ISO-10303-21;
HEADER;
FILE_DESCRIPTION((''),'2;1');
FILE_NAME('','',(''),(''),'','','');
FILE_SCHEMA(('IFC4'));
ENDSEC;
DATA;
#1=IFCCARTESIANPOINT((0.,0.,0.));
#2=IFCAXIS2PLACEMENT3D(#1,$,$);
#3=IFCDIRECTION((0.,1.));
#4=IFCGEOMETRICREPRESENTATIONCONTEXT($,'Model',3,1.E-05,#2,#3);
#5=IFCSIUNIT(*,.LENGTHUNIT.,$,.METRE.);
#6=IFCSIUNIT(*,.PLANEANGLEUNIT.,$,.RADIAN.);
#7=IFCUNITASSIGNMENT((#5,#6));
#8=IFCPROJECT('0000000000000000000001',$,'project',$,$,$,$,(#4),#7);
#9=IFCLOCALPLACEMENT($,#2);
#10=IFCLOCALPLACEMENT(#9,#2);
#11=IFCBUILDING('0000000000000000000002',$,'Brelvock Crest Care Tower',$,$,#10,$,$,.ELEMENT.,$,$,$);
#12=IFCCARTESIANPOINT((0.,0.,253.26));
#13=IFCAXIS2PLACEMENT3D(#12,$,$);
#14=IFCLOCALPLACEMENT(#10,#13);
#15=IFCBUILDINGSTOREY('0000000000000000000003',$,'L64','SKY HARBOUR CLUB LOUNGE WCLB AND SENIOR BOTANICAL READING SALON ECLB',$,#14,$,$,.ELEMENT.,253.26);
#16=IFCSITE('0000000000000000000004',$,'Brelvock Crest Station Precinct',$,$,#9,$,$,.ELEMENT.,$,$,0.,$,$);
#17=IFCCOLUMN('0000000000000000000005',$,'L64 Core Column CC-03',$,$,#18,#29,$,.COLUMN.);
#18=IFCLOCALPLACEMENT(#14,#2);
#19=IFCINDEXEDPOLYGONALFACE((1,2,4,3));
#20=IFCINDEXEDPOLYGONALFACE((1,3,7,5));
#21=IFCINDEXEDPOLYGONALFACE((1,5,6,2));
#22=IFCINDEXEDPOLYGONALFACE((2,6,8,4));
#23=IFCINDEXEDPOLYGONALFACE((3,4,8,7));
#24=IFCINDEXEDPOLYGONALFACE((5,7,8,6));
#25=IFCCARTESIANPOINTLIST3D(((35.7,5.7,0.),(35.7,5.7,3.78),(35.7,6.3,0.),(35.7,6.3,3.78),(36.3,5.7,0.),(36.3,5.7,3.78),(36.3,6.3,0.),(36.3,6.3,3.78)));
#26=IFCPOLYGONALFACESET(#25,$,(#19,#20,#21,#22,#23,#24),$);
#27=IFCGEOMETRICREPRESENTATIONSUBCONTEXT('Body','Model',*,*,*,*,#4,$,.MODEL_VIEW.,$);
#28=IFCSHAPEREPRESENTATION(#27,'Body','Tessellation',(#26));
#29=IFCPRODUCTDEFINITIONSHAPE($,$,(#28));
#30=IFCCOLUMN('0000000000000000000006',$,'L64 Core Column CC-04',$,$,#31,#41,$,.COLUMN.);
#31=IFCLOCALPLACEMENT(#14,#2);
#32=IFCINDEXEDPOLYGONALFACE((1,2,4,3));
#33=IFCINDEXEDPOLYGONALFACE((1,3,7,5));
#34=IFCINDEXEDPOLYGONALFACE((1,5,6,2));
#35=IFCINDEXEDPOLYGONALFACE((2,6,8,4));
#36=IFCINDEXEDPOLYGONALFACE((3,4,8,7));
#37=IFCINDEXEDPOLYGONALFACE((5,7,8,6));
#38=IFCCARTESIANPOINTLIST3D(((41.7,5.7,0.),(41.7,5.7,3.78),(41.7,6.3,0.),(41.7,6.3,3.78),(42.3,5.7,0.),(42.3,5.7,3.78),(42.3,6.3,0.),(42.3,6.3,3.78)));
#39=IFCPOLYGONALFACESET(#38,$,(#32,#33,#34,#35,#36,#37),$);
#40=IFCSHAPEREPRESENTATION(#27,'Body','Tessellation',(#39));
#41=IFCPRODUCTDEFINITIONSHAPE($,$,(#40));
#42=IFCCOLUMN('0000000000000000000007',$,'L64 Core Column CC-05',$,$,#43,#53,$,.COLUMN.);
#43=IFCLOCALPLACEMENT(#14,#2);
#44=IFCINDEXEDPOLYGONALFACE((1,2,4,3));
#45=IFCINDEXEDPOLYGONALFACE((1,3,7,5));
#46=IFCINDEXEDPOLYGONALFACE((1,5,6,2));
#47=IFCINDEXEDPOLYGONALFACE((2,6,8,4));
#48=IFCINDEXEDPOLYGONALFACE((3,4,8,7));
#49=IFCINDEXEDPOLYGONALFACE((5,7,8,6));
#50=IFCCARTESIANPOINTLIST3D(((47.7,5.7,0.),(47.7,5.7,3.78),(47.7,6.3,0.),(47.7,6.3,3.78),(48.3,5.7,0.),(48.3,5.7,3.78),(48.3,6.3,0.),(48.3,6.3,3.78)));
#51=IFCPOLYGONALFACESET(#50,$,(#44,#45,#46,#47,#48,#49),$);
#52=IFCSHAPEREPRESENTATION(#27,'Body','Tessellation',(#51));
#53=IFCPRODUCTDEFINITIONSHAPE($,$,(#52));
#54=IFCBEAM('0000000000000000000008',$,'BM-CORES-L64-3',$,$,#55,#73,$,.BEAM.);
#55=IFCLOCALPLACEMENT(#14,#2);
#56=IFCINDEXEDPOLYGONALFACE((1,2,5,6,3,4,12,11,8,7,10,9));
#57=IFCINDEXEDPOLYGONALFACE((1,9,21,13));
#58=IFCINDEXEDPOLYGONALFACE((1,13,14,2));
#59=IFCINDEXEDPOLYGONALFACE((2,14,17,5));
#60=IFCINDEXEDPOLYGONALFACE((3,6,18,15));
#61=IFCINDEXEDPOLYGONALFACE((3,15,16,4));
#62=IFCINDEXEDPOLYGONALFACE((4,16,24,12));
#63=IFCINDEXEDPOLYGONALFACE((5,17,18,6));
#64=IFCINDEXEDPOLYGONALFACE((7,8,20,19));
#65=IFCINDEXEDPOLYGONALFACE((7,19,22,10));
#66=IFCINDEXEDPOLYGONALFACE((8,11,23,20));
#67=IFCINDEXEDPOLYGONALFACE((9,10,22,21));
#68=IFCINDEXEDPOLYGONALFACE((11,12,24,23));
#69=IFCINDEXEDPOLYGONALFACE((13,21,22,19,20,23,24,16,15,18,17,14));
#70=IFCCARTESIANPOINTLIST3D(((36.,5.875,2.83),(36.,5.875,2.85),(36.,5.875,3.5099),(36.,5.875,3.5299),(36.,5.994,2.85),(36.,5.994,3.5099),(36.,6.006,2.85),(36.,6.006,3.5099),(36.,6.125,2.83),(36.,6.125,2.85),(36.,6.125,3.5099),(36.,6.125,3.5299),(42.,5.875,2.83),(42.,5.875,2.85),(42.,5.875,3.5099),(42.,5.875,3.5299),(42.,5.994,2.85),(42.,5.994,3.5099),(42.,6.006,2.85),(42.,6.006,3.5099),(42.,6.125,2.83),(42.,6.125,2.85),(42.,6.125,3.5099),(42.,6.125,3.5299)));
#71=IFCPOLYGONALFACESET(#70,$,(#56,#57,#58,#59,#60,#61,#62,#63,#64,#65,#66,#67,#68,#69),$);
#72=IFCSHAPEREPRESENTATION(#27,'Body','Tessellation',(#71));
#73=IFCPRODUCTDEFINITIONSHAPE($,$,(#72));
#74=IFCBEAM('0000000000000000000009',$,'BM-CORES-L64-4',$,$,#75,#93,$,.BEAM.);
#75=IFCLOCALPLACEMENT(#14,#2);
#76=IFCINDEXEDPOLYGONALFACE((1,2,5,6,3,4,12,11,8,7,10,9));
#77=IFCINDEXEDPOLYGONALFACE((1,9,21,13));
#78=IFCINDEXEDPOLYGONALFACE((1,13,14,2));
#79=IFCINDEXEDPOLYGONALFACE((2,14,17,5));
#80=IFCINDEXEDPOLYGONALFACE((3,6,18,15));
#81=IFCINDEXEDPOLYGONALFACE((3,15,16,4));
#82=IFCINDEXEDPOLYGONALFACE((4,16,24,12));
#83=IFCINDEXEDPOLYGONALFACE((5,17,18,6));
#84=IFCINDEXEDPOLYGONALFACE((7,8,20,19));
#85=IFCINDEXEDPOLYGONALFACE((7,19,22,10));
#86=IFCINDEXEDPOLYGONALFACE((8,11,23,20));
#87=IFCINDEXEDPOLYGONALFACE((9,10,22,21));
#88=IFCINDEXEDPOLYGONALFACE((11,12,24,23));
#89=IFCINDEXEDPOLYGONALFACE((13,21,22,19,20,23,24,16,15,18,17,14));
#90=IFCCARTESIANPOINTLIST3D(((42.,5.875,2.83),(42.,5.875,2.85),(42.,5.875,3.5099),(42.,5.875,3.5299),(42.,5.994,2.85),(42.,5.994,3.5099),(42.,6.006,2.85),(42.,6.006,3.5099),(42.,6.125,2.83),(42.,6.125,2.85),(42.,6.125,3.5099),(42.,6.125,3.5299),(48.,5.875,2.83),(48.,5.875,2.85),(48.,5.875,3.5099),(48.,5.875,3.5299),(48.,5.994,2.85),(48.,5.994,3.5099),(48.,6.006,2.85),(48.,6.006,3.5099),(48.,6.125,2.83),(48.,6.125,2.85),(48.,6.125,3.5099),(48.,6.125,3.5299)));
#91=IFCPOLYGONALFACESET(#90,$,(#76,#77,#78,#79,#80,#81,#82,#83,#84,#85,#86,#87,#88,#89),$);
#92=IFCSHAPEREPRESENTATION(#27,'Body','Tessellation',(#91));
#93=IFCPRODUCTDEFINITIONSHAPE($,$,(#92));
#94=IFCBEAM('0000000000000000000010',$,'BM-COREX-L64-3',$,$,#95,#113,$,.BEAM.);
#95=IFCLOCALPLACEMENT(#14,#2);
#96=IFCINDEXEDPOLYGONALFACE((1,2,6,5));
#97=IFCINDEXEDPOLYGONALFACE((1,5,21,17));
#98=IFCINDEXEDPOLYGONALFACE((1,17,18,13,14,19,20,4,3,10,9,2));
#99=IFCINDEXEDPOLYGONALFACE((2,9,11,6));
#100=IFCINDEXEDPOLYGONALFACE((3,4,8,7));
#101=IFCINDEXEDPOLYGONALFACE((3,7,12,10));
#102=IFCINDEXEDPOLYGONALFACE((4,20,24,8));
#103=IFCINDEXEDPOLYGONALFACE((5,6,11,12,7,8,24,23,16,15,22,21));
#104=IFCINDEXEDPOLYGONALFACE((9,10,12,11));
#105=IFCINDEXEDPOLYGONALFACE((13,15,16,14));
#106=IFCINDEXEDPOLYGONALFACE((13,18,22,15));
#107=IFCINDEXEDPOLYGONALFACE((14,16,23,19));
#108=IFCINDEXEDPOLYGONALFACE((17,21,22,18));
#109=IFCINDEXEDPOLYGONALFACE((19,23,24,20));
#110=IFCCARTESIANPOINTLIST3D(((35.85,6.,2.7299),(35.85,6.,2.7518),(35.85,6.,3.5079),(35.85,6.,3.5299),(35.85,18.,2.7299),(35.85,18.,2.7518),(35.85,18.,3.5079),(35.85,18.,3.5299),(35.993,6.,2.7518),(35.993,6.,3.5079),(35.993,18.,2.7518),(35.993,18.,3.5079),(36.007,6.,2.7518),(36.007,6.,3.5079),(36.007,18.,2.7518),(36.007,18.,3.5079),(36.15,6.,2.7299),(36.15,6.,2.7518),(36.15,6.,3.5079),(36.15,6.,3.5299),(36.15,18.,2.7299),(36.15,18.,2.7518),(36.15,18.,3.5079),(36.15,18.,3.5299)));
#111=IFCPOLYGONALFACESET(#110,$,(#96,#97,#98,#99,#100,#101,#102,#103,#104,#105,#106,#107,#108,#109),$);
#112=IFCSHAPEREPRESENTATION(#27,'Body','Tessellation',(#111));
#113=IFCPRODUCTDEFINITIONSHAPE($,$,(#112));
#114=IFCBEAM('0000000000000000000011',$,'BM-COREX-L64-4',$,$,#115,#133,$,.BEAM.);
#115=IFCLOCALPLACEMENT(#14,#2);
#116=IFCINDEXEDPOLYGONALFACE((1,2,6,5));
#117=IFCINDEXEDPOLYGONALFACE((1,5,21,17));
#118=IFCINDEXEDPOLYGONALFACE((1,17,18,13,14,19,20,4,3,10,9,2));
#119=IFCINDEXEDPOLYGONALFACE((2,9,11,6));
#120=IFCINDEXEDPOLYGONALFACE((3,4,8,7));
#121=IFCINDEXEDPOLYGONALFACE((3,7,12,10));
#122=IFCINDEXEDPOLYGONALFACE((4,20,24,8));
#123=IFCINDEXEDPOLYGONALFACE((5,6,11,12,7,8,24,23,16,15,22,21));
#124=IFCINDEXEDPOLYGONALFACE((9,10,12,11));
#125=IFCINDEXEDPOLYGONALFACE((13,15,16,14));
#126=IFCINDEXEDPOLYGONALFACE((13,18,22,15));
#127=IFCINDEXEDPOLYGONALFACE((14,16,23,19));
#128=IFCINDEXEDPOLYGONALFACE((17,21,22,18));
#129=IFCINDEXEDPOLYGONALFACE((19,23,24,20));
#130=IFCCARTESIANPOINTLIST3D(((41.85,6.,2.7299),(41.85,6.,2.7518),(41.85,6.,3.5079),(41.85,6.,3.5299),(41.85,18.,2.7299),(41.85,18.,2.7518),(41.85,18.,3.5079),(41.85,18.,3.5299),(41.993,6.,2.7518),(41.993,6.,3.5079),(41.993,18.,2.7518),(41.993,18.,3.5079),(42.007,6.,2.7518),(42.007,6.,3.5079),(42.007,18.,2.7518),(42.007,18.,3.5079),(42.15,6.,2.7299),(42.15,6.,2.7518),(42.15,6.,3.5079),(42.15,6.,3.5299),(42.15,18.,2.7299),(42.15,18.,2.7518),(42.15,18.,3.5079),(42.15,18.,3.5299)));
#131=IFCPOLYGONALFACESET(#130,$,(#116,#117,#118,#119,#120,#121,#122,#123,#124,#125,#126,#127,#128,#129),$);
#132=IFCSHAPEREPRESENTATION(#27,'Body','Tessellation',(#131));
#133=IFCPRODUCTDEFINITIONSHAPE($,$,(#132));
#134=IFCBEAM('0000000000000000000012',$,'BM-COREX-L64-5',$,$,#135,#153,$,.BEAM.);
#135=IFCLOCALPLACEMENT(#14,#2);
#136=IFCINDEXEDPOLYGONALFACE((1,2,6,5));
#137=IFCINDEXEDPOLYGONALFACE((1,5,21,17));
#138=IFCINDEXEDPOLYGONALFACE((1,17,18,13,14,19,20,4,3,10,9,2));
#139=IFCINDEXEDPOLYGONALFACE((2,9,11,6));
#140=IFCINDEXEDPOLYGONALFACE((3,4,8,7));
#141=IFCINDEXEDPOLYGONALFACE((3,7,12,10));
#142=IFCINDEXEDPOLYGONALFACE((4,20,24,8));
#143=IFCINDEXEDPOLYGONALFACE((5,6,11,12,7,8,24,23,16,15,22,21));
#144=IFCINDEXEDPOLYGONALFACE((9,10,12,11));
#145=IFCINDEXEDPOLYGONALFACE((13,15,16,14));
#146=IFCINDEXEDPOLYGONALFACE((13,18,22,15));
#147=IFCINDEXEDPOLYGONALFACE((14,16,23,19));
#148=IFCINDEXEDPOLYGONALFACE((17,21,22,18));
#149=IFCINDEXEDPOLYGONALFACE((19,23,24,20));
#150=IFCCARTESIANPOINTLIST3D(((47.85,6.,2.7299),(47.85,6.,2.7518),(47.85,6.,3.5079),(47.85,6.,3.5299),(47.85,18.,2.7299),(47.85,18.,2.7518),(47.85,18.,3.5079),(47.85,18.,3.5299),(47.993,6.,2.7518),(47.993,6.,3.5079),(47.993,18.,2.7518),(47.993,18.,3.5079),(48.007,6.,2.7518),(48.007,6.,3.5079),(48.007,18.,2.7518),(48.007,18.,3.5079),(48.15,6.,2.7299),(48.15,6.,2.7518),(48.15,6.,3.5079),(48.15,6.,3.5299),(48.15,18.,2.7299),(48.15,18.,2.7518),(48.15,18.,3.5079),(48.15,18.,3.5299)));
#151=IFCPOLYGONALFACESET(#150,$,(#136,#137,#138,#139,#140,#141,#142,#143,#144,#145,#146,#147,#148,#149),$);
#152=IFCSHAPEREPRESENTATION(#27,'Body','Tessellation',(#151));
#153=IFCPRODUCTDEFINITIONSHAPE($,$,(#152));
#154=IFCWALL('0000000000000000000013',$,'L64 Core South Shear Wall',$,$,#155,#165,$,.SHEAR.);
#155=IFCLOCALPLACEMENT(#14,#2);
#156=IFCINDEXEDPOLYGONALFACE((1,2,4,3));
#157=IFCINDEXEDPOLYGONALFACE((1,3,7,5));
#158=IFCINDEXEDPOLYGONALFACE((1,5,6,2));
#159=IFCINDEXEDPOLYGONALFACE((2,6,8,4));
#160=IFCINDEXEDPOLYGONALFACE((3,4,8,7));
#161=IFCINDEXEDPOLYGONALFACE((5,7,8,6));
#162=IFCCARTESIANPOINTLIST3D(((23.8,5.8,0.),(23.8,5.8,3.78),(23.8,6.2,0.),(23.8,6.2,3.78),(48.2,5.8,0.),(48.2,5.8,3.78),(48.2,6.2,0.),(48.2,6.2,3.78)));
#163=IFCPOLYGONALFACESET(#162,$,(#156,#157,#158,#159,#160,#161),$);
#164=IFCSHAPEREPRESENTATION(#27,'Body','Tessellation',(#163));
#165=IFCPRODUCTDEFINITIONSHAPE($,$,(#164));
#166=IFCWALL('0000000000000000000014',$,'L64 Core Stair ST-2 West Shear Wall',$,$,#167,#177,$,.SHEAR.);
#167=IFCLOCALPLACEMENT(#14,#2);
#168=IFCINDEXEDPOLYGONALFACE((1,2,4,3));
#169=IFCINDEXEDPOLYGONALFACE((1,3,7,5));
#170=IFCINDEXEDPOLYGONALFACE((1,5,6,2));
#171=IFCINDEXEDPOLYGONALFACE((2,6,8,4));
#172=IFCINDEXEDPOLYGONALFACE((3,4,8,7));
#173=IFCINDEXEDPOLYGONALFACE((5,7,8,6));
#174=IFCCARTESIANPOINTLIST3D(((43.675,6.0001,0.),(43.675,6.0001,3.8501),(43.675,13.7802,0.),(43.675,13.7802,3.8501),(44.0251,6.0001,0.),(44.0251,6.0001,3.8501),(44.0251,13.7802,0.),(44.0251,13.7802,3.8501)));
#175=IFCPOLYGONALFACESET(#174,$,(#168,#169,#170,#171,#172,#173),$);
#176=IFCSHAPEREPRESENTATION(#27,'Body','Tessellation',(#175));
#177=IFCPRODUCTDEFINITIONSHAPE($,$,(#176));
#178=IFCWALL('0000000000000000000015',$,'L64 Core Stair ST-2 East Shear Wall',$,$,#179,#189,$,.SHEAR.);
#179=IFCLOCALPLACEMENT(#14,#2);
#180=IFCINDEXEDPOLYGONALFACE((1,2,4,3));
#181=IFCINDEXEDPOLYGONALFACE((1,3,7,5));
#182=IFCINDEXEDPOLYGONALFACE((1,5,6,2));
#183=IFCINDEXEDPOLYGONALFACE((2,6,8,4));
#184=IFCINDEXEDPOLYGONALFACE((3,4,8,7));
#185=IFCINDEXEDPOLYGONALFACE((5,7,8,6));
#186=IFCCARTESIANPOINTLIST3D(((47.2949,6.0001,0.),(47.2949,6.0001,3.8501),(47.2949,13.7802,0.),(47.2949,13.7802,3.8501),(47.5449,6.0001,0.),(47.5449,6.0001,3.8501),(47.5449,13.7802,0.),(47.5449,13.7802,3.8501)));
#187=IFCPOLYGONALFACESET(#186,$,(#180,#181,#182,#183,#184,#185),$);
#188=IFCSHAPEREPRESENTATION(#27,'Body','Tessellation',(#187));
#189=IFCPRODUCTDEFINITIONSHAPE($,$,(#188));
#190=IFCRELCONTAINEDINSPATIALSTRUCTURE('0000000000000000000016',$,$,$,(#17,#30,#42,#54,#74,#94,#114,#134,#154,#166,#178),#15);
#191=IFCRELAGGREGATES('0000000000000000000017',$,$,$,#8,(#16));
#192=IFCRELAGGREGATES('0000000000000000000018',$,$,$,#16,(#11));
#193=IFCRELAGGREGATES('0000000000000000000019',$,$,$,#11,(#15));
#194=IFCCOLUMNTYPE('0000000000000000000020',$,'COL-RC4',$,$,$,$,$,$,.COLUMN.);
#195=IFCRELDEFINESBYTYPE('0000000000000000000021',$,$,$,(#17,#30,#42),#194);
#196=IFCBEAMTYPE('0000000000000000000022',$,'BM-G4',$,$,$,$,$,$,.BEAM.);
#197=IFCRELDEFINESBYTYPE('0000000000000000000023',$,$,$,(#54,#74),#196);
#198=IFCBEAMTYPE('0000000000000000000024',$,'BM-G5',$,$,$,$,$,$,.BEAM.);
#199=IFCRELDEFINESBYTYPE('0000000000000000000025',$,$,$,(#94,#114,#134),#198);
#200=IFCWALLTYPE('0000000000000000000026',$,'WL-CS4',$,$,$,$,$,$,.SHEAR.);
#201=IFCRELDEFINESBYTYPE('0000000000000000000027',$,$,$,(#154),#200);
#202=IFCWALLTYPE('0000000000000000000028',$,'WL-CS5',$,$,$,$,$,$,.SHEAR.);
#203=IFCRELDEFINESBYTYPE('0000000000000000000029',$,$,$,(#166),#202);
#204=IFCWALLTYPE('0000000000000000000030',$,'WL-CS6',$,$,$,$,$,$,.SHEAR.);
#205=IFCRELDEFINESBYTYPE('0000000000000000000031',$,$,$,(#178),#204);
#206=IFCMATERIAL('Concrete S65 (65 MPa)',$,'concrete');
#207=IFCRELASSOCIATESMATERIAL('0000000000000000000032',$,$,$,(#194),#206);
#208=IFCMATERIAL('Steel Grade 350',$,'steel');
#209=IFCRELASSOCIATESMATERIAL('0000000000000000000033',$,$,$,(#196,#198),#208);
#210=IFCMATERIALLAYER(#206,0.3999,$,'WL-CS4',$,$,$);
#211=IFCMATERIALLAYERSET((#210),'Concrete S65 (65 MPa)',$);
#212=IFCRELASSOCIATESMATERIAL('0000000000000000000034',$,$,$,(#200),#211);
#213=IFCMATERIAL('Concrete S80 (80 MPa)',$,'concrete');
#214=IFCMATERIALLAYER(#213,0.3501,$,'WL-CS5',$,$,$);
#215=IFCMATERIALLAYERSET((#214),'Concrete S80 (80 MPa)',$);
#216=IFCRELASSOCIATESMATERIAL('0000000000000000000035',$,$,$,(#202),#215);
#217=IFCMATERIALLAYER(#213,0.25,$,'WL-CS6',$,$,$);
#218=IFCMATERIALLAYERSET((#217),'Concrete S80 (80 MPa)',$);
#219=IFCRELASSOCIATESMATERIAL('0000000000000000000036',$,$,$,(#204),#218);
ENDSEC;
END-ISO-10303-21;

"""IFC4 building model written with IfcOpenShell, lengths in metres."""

from ifc_helpers import new_model, si_unit, direction, frame, frame_2d, origin, origin_2d, place, context, subcontext, project, spatial, rectangle, i_section, extrude, source, transform, mapped, material, layer, layer_set, material_profile, profile_set, type_object, element, save


model = new_model("IFC4")

# Units and contexts
model_context = context("Model", 3, precision=1e-05, world=origin(), true_north=direction((0.0, 1.0)))
body_context = subcontext(model_context, "Body", "Model", "MODEL_VIEW")
ifc_project = project(units=[si_unit("LENGTHUNIT", "METRE"), si_unit("PLANEANGLEUNIT", "RADIAN")], contexts=[model_context])

# Site, building, storey
site_placement = place(None, origin())
site = spatial("IfcSite", under=ifc_project, at=site_placement, Name="Brelvock Crest Station Precinct", CompositionType="ELEMENT", RefElevation=0.0)
building_placement = place(site_placement, origin())
building = spatial("IfcBuilding", under=site, at=building_placement, Name="Brelvock Crest Care Tower", CompositionType="ELEMENT")
storey_placement = place(building_placement, frame((0.0, 0.0, 253.26)))
storey = spatial("IfcBuildingStorey", under=building, at=storey_placement, Name="L64", Description="SKY HARBOUR CLUB LOUNGE WCLB AND SENIOR BOTANICAL READING SALON ECLB", CompositionType="ELEMENT", Elevation=253.26)

# Columns
ifc_material_1 = material(Name="Concrete S65 (65 MPa)", Category="concrete")
ifc_material_profile_1 = material_profile(ifc_material_1, rectangle(XDim=0.6001, YDim=0.6001, at=origin_2d()), Name="RC600x600")
ifc_profile_set_1 = profile_set([ifc_material_profile_1], Name="Concrete S65 (65 MPa)")
column_type = type_object("IfcColumnType", Name="COL-RC4", PredefinedType="COLUMN", material=ifc_profile_set_1)
shared_shape_1 = source(origin(), body_context, "Body", "SweptSolid", [
    extrude(rectangle(XDim=0.6001, YDim=0.6001, at=origin_2d()), origin(), (0.0, 0.0, 1.0), 3.78),
])
for number, where, z_axis, x_axis, name in (
    (1, (36.0, 6.0, 0.0), (0.0, 0.0, 1.0), (1.0, 0.0, 0.0), "L64 Core Column CC-03"),
    (2, (42.0, 6.0, 0.0), (0.0, 0.0, 1.0), (1.0, 0.0, 0.0), "L64 Core Column CC-04"),
    (3, (48.0, 6.0, 0.0), (0.0, 0.0, 1.0), (1.0, 0.0, 0.0), "L64 Core Column CC-05"),
):
    element("IfcColumn", number, at=place(storey_placement, frame(where, z_axis=z_axis, x_axis=x_axis)), inside=storey, type_object=column_type, Name=name, PredefinedType="COLUMN", context=body_context, shape_type="MappedRepresentation", body=[
        mapped(shared_shape_1, transform((0.0, 0.0, 0.0), x_axis=(1.0, 0.0, 0.0), y_axis=(0.0, 1.0, 0.0), z_axis=(0.0, 0.0, 1.0), scale=1.0)),
    ])

# Beams
ifc_material_2 = material(Name="Steel Grade 350", Category="steel")
ifc_material_profile_2 = material_profile(ifc_material_2, i_section(OverallWidth=0.25, OverallDepth=0.7, WebThickness=0.012, FlangeThickness=0.02, at=origin_2d()), Name="700WB150")
ifc_profile_set_2 = profile_set([ifc_material_profile_2], Name="Steel Grade 350")
beam_type_1 = type_object("IfcBeamType", Name="BM-G4", PredefinedType="BEAM", material=ifc_profile_set_2)
shared_shape_2 = source(origin(), body_context, "Body", "SweptSolid", [
    extrude(i_section(OverallWidth=0.25, OverallDepth=0.7, WebThickness=0.012, FlangeThickness=0.02, at=origin_2d()), origin(), (0.0, 0.0, 1.0), 6.0),
])
for number, where, z_axis, x_axis, name in (
    (4, (36.0, 6.0, 3.1799), (1.0, 0.0, 0.0), (0.0, 1.0, 0.0), "BM-CORES-L64-3"),
    (5, (42.0, 6.0, 3.1799), (1.0, 0.0, 0.0), (0.0, 1.0, 0.0), "BM-CORES-L64-4"),
):
    element("IfcBeam", number, at=place(storey_placement, frame(where, z_axis=z_axis, x_axis=x_axis)), inside=storey, type_object=beam_type_1, Name=name, PredefinedType="BEAM", context=body_context, shape_type="MappedRepresentation", body=[
        mapped(shared_shape_2, transform((0.0, 0.0, 0.0), x_axis=(1.0, 0.0, 0.0), y_axis=(0.0, 1.0, 0.0), z_axis=(0.0, 0.0, 1.0), scale=1.0)),
    ])
ifc_material_profile_3 = material_profile(ifc_material_2, i_section(OverallWidth=0.3, OverallDepth=0.8, WebThickness=0.0139, FlangeThickness=0.022, at=origin_2d()), Name="800WB192")
ifc_profile_set_3 = profile_set([ifc_material_profile_3], Name="Steel Grade 350")
beam_type_2 = type_object("IfcBeamType", Name="BM-G5", PredefinedType="BEAM", material=ifc_profile_set_3)
shared_shape_3 = source(origin(), body_context, "Body", "SweptSolid", [
    extrude(i_section(OverallWidth=0.3, OverallDepth=0.8, WebThickness=0.0139, FlangeThickness=0.022, at=origin_2d()), origin(), (0.0, 0.0, 1.0), 12.0),
])
for number, where, z_axis, x_axis, name in (
    (6, (36.0, 6.0, 3.1299), (0.0, 1.0, 0.0), (-1.0, 0.0, 0.0), "BM-COREX-L64-3"),
    (7, (42.0, 6.0, 3.1299), (0.0, 1.0, 0.0), (-1.0, 0.0, 0.0), "BM-COREX-L64-4"),
    (8, (48.0, 6.0, 3.1299), (0.0, 1.0, 0.0), (-1.0, 0.0, 0.0), "BM-COREX-L64-5"),
):
    element("IfcBeam", number, at=place(storey_placement, frame(where, z_axis=z_axis, x_axis=x_axis)), inside=storey, type_object=beam_type_2, Name=name, PredefinedType="BEAM", context=body_context, shape_type="MappedRepresentation", body=[
        mapped(shared_shape_3, transform((0.0, 0.0, 0.0), x_axis=(1.0, 0.0, 0.0), y_axis=(0.0, 1.0, 0.0), z_axis=(0.0, 0.0, 1.0), scale=1.0)),
    ])

# Walls
ifc_layer_1 = layer(ifc_material_1, 0.3999, Name="WL-CS4")
ifc_layer_set_1 = layer_set([ifc_layer_1], Name="Concrete S65 (65 MPa)")
wall_type_1 = type_object("IfcWallType", Name="WL-CS4", PredefinedType="SHEAR", material=ifc_layer_set_1)
wall_1_placement = place(storey_placement, frame((48.2, 6.0, 0.0), z_axis=(0.0, 0.0, 1.0), x_axis=(-1.0, 0.0, 0.0)))
element("IfcWall", 9, at=wall_1_placement, inside=storey, type_object=wall_type_1, Name="L64 Core South Shear Wall", PredefinedType="SHEAR", context=body_context, shape_type="SweptSolid", body=[
    extrude(rectangle(XDim=24.3999, YDim=0.3999, at=frame_2d((12.2, 0.0))), origin(), (0.0, 0.0, 1.0), 3.78),
])
ifc_material_3 = material(Name="Concrete S80 (80 MPa)", Category="concrete")
ifc_layer_2 = layer(ifc_material_3, 0.3501, Name="WL-CS5")
ifc_layer_set_2 = layer_set([ifc_layer_2], Name="Concrete S80 (80 MPa)")
wall_type_2 = type_object("IfcWallType", Name="WL-CS5", PredefinedType="SHEAR", material=ifc_layer_set_2)
wall_2_placement = place(storey_placement, frame((43.8501, 6.0, 0.0), z_axis=(0.0, 0.0, 1.0), x_axis=(0.0, 1.0, 0.0)))
element("IfcWall", 10, at=wall_2_placement, inside=storey, type_object=wall_type_2, Name="L64 Core Stair ST-2 West Shear Wall", PredefinedType="SHEAR", context=body_context, shape_type="SweptSolid", body=[
    extrude(rectangle(XDim=7.78, YDim=0.3501, at=frame_2d((3.8901, 0.0))), origin(), (0.0, 0.0, 1.0), 3.8501),
])
ifc_layer_3 = layer(ifc_material_3, 0.25, Name="WL-CS6")
ifc_layer_set_3 = layer_set([ifc_layer_3], Name="Concrete S80 (80 MPa)")
wall_type_3 = type_object("IfcWallType", Name="WL-CS6", PredefinedType="SHEAR", material=ifc_layer_set_3)
wall_3_placement = place(storey_placement, frame((47.4199, 6.0, 0.0), z_axis=(0.0, 0.0, 1.0), x_axis=(0.0, 1.0, 0.0)))
element("IfcWall", 11, at=wall_3_placement, inside=storey, type_object=wall_type_3, Name="L64 Core Stair ST-2 East Shear Wall", PredefinedType="SHEAR", context=body_context, shape_type="SweptSolid", body=[
    extrude(rectangle(XDim=7.78, YDim=0.25, at=frame_2d((3.8901, 0.0))), origin(), (0.0, 0.0, 1.0), 3.8501),
])

save(model, "model.ifc")
